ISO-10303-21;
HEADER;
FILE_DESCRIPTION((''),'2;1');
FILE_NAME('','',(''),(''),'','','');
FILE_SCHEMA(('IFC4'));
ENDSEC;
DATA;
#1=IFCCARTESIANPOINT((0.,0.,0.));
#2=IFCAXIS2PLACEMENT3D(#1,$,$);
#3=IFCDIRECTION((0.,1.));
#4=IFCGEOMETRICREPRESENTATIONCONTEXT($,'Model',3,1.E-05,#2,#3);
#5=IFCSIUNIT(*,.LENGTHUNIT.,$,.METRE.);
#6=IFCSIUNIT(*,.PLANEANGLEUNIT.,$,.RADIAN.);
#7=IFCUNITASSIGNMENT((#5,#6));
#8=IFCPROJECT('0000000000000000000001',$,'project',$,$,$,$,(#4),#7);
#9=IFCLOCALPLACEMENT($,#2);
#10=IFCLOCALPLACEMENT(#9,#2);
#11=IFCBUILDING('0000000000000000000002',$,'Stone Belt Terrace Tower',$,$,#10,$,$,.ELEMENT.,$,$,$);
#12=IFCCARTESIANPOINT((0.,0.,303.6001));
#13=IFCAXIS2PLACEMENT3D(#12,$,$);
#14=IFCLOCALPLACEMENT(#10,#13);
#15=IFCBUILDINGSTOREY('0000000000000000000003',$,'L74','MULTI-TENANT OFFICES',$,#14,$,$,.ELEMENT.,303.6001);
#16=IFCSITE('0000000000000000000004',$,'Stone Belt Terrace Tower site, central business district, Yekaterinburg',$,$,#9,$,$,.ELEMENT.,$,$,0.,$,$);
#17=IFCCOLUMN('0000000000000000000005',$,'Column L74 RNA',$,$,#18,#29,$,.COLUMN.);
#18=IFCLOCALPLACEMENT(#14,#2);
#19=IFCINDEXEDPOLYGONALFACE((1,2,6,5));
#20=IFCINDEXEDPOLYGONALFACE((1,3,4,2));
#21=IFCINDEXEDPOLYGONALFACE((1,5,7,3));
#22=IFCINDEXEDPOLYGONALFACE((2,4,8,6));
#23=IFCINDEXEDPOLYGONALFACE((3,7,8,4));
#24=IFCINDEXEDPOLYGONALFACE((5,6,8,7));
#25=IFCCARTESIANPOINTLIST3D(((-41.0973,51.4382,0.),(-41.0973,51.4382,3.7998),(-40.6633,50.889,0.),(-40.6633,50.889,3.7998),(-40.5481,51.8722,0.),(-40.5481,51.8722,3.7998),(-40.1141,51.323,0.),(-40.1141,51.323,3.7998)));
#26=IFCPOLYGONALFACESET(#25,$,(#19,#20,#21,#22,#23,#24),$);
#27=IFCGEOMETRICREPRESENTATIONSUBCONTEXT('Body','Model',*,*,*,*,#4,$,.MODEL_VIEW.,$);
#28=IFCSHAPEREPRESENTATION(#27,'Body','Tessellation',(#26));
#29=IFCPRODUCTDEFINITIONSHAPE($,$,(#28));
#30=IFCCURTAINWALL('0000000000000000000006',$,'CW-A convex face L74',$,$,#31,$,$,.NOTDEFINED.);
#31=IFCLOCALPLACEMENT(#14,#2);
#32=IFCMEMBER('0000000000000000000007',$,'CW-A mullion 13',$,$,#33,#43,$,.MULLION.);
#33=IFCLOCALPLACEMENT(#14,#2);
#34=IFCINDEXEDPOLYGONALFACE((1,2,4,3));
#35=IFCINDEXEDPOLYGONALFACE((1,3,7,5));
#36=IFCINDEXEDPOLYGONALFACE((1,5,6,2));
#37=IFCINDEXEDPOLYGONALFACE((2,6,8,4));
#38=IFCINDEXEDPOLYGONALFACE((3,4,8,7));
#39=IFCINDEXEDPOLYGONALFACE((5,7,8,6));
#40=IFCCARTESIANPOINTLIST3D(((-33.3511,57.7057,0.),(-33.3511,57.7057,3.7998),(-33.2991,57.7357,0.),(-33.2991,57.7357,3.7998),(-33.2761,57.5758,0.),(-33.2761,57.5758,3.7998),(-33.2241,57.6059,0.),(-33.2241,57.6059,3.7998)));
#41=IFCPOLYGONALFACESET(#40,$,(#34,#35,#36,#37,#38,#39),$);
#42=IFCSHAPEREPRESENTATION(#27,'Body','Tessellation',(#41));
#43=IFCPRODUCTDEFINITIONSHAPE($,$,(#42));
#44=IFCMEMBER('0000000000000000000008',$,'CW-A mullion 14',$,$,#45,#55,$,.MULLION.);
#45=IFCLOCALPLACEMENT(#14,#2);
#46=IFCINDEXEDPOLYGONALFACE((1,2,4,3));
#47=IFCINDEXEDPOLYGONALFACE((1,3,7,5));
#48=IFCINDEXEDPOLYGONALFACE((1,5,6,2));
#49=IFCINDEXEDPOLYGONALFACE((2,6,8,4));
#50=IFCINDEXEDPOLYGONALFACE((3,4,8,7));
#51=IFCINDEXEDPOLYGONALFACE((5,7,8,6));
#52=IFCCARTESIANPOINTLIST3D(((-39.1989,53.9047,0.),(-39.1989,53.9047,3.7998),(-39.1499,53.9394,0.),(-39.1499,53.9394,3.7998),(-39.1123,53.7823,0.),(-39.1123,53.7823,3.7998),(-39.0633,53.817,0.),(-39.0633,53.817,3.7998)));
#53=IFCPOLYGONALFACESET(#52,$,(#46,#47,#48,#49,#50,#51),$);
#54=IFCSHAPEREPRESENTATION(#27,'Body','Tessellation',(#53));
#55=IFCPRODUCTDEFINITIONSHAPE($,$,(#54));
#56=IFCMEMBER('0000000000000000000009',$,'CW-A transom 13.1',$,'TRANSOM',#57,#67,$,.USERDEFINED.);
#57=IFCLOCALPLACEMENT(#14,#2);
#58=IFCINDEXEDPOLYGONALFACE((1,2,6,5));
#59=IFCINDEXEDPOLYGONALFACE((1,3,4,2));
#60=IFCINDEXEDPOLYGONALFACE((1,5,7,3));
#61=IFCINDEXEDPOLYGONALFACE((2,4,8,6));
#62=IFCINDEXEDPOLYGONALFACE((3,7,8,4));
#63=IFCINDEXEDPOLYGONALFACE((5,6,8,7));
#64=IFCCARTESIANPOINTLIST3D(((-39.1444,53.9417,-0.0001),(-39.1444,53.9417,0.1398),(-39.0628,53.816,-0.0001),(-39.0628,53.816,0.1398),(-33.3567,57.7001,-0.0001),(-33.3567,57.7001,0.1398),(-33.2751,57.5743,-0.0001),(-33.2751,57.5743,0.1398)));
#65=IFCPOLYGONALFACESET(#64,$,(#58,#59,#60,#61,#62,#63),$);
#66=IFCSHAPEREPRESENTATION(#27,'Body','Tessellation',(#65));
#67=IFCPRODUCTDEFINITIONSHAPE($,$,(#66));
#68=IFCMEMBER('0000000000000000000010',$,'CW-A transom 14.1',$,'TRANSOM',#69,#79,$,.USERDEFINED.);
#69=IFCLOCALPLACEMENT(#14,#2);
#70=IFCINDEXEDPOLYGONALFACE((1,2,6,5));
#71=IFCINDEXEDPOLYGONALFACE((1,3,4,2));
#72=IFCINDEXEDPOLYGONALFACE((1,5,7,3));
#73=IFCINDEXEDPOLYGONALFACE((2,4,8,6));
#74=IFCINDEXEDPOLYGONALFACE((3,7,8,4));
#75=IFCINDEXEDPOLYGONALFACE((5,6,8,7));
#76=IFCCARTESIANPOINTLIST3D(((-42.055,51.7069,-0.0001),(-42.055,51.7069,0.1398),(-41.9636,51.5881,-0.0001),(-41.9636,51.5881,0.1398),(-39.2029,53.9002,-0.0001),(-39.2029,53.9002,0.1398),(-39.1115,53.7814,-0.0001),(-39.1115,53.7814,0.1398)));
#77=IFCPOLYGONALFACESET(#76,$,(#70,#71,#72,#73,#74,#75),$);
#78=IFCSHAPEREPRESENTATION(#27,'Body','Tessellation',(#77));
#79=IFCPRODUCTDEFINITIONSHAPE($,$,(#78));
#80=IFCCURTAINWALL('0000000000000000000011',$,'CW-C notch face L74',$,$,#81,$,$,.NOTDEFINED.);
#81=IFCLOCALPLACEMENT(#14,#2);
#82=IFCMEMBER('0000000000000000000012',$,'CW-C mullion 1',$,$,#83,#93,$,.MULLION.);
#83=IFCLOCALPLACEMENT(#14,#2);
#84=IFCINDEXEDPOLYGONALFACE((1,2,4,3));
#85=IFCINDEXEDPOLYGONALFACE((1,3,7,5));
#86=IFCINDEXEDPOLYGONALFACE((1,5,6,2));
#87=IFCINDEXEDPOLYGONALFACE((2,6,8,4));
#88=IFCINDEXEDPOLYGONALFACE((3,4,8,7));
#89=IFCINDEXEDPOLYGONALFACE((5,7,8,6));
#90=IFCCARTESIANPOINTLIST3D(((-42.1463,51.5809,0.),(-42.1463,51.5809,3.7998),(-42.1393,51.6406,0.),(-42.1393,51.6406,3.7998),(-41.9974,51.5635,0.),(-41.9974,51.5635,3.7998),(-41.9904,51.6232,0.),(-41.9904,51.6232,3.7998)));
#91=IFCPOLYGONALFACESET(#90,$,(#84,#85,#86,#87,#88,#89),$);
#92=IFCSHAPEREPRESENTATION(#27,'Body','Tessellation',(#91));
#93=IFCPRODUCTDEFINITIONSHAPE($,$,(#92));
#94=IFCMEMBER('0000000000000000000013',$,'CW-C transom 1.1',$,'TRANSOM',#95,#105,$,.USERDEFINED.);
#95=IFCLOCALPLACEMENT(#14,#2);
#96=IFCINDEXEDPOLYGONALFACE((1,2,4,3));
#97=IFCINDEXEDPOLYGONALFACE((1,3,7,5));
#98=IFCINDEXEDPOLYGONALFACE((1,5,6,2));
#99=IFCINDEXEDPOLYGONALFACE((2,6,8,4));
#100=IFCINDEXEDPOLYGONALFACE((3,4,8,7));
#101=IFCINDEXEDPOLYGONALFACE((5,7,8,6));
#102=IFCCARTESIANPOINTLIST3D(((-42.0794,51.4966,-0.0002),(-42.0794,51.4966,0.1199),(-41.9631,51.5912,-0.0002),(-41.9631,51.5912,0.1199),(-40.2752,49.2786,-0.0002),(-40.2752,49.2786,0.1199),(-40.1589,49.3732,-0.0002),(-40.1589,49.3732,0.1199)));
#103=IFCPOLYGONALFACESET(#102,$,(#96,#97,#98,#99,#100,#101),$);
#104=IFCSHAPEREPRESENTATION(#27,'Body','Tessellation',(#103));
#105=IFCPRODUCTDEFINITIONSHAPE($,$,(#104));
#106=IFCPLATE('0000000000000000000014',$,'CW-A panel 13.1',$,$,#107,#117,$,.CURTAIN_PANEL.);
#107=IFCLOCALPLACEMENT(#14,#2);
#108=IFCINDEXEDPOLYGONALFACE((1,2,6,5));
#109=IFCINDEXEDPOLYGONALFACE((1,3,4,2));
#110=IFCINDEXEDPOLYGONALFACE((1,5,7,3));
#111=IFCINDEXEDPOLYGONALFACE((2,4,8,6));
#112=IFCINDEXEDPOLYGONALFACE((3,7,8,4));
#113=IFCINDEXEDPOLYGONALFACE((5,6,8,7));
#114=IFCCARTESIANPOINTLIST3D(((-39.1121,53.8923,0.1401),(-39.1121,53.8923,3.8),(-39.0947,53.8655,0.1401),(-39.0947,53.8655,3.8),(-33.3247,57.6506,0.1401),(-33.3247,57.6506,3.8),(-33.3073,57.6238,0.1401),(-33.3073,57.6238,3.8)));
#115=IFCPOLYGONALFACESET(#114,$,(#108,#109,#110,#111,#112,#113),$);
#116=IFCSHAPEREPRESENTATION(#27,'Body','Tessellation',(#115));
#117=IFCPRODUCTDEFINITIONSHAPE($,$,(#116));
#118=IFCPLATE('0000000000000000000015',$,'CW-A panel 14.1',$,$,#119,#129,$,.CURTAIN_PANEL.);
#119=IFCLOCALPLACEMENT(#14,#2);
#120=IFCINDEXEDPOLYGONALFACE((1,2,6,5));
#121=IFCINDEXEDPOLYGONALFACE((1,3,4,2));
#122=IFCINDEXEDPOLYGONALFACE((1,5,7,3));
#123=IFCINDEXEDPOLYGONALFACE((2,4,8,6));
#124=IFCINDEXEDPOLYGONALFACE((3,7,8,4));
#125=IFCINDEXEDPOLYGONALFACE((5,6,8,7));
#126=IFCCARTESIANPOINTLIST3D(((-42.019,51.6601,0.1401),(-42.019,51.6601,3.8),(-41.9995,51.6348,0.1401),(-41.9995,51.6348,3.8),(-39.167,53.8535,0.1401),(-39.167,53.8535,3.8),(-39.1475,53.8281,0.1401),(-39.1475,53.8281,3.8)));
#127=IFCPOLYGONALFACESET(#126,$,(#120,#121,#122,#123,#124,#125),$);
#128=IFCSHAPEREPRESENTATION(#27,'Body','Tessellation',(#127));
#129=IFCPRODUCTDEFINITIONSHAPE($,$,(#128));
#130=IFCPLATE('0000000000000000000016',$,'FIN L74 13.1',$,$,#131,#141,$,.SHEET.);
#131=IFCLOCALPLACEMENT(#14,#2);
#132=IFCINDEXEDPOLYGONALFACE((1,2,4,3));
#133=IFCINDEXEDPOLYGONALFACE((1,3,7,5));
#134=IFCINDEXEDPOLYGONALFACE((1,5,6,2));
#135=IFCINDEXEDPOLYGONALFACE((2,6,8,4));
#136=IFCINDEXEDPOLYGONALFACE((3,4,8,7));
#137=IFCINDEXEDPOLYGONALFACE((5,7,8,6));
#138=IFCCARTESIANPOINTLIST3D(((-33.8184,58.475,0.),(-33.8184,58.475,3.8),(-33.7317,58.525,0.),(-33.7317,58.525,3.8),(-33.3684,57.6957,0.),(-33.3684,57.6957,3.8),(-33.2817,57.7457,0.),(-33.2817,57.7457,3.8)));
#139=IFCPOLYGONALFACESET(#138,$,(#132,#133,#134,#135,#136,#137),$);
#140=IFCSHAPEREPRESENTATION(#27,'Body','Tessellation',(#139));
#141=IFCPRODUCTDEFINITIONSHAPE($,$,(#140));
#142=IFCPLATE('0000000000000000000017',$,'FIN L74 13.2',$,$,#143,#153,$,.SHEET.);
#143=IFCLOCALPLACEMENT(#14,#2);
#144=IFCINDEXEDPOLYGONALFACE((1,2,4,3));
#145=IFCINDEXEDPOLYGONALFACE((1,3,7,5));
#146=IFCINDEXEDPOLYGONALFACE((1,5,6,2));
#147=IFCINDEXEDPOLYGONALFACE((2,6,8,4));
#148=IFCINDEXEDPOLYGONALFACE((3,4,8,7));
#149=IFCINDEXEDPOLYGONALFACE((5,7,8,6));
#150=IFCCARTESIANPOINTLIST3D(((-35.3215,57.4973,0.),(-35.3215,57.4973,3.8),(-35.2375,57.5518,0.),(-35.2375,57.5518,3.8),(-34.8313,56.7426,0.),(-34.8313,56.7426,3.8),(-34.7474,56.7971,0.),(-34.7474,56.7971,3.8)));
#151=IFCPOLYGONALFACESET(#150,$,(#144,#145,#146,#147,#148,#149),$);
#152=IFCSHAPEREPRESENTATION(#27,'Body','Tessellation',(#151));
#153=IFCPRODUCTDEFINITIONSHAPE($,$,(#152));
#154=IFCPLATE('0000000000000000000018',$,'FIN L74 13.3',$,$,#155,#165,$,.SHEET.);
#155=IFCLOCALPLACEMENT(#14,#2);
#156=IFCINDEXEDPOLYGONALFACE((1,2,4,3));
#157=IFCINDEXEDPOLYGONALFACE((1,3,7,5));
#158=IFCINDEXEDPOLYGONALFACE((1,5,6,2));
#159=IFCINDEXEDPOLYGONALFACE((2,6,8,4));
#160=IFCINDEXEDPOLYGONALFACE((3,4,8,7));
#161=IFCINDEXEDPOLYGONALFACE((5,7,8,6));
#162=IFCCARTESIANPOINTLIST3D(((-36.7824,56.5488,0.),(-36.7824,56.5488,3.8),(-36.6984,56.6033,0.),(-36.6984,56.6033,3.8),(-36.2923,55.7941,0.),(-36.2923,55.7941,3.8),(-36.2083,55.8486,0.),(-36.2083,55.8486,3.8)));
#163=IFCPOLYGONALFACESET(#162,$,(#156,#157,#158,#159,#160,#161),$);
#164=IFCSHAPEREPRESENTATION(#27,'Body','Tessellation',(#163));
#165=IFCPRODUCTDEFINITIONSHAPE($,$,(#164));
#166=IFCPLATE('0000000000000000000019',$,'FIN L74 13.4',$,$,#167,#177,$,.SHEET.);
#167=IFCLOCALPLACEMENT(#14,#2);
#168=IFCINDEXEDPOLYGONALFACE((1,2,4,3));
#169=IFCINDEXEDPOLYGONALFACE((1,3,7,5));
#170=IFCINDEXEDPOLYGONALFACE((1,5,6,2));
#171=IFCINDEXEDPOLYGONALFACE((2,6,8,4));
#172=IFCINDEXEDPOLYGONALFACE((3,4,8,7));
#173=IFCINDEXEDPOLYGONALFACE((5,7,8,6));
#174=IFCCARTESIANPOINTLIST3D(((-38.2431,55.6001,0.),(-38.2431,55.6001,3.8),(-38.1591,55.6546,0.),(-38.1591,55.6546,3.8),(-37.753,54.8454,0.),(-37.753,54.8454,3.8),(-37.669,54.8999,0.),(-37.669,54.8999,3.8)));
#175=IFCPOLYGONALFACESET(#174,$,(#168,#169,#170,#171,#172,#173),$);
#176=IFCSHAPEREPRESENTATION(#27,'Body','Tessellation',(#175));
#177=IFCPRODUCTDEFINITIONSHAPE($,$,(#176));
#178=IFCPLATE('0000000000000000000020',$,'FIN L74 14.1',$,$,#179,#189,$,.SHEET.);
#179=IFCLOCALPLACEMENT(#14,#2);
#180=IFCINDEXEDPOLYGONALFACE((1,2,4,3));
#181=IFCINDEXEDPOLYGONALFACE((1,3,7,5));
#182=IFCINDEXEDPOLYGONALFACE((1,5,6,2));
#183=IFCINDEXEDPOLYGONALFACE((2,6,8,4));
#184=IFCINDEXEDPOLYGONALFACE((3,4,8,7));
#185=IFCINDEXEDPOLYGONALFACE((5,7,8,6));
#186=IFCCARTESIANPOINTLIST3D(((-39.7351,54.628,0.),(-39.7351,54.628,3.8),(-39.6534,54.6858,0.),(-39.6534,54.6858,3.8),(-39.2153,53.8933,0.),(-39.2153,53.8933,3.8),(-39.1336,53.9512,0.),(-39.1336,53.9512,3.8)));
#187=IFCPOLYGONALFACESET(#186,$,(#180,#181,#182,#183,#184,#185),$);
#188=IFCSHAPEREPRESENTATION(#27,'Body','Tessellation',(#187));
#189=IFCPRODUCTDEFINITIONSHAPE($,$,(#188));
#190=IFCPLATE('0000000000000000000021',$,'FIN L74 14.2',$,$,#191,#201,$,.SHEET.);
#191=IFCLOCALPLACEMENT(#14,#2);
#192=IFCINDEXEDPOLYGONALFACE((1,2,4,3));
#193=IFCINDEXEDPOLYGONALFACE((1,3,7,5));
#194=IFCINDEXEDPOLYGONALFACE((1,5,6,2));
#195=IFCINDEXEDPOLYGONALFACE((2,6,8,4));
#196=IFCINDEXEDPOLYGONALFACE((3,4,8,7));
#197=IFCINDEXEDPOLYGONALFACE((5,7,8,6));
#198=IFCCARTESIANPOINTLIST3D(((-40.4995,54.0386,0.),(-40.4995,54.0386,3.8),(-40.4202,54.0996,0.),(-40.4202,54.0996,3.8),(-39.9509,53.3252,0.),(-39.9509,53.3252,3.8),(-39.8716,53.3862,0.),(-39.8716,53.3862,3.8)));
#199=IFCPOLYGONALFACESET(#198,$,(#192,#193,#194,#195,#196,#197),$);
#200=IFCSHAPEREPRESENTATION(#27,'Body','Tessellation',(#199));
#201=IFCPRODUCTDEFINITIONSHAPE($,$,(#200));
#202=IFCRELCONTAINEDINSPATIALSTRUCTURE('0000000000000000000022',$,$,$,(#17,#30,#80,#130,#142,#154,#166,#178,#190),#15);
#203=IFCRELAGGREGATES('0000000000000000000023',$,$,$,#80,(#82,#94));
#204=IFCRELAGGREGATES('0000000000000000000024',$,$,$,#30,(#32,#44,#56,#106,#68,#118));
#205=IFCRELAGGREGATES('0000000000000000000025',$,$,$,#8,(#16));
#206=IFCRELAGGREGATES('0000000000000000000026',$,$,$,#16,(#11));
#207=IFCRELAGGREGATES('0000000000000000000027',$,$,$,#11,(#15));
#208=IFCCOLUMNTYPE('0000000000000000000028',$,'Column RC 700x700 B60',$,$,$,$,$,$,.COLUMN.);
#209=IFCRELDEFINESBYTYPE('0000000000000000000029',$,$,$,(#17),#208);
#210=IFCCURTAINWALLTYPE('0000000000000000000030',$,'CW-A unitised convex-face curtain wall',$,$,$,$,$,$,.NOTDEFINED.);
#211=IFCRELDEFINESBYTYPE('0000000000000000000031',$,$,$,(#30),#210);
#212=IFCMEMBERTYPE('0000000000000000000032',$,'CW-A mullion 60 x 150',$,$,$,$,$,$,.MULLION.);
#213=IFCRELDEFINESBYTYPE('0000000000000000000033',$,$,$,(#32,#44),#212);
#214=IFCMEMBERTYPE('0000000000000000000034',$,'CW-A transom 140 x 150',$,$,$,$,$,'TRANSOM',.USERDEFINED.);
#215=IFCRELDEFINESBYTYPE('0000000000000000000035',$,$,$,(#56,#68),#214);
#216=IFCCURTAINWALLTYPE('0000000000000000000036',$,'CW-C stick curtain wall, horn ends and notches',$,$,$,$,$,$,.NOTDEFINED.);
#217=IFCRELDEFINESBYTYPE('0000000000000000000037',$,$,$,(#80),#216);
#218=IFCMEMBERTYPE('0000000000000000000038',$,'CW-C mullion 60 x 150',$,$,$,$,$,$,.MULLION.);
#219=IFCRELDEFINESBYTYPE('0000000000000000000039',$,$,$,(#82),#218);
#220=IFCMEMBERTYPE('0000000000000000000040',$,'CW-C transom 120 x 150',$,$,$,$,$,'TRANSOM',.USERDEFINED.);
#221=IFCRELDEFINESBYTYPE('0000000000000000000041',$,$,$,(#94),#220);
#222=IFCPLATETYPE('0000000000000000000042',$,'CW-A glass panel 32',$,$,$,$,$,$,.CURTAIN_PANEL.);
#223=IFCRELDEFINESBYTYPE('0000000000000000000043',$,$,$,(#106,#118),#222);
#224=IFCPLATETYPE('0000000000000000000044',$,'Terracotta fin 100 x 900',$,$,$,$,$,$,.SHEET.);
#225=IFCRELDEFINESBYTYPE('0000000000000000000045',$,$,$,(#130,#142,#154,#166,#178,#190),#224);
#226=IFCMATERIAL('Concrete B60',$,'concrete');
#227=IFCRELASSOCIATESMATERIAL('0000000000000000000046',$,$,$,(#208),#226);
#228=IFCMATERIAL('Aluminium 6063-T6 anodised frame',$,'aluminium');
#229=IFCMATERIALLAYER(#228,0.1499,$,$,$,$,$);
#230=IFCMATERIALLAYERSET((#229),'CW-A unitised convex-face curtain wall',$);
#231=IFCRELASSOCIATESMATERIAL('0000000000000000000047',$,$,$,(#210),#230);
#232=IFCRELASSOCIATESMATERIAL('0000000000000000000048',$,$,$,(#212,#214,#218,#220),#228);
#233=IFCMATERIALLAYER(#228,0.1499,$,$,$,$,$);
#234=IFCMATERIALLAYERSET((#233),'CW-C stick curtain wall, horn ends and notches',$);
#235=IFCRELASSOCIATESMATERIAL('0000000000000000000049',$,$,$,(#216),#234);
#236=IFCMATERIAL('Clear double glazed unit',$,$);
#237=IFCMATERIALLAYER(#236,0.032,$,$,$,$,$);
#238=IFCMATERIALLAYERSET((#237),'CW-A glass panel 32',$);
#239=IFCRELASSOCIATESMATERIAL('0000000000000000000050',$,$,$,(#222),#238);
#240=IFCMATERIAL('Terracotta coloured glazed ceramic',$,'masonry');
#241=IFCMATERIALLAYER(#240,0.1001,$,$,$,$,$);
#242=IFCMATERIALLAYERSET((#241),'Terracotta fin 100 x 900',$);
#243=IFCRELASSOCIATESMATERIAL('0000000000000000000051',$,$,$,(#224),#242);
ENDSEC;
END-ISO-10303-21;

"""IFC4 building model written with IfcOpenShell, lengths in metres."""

from ifc_helpers import new_model, si_unit, direction, frame, origin, origin_2d, place, context, subcontext, project, spatial, rectangle, extrude, material, layer, layer_set, material_profile, profile_set, type_object, element, aggregate, save


model = new_model("IFC4")

# Units and contexts
model_context = context("Model", 3, precision=1e-05, world=origin(), true_north=direction((0.0, 1.0)))
body_context = subcontext(model_context, "Body", "Model", "MODEL_VIEW")
ifc_project = project(units=[si_unit("LENGTHUNIT", "METRE"), si_unit("PLANEANGLEUNIT", "RADIAN")], contexts=[model_context])

# Site, building, storey
site_placement = place(None, origin())
site = spatial("IfcSite", under=ifc_project, at=site_placement, Name="Stone Belt Terrace Tower site, central business district, Yekaterinburg", CompositionType="ELEMENT", RefElevation=0.0)
building_placement = place(site_placement, origin())
building = spatial("IfcBuilding", under=site, at=building_placement, Name="Stone Belt Terrace Tower", CompositionType="ELEMENT")
storey_placement = place(building_placement, frame((0.0, 0.0, 303.6001)))
storey = spatial("IfcBuildingStorey", under=building, at=storey_placement, Name="L74", Description="MULTI-TENANT OFFICES", CompositionType="ELEMENT", Elevation=303.6001)

# Column
ifc_material_1 = material(Name="Concrete B60", Category="concrete")
ifc_material_profile_1 = material_profile(ifc_material_1, rectangle(XDim=0.7, YDim=0.7, at=origin_2d()), Name="RC 700x700")
ifc_profile_set_1 = profile_set([ifc_material_profile_1], Name="Concrete B60")
column_type = type_object("IfcColumnType", Name="Column RC 700x700 B60", PredefinedType="COLUMN", material=ifc_profile_set_1)
column_placement = place(storey_placement, frame((-40.6057, 51.3806, 0.0), z_axis=(0.0, 0.0, 1.0), x_axis=(0.78457, 0.620041, 0.0)))
element("IfcColumn", 1, at=column_placement, inside=storey, type_object=column_type, Name="Column L74 RNA", PredefinedType="COLUMN", context=body_context, shape_type="SweptSolid", body=[
    extrude(rectangle(XDim=0.7, YDim=0.7, at=origin_2d()), origin(), (0.0, 0.0, 1.0), 3.7998),
])

# Curtain walls, members
ifc_material_2 = material(Name="Aluminium 6063-T6 anodised frame", Category="aluminium")
ifc_layer_1 = layer(ifc_material_2, 0.1499)
ifc_layer_set_1 = layer_set([ifc_layer_1], Name="CW-A unitised convex-face curtain wall")
curtain_wall_type_1 = type_object("IfcCurtainWallType", Name="CW-A unitised convex-face curtain wall", PredefinedType="NOTDEFINED", material=ifc_layer_set_1)
curtain_wall_1_placement = place(storey_placement, origin())
curtain_wall_1 = element("IfcCurtainWall", 2, at=curtain_wall_1_placement, inside=storey, type_object=curtain_wall_type_1, Name="CW-A convex face L74", PredefinedType="NOTDEFINED")
ifc_material_profile_2 = material_profile(ifc_material_2, rectangle(XDim=0.1499, YDim=0.0601, at=origin_2d()), Name="Aluminium 6063-T6 60x150")
ifc_profile_set_2 = profile_set([ifc_material_profile_2], Name="Aluminium 6063-T6 anodised frame")
member_type_1 = type_object("IfcMemberType", Name="CW-A mullion 60 x 150", PredefinedType="MULLION", material=ifc_profile_set_2)
member_1_placement = place(storey_placement, frame((-33.2876, 57.6558, 0.0), z_axis=(0.0, 0.0, 1.0), x_axis=(0.5, -0.866025, 0.0)))
member_1 = element("IfcMember", 3, at=member_1_placement, type_object=member_type_1, Name="CW-A mullion 13", PredefinedType="MULLION", context=body_context, shape_type="SweptSolid", body=[
    extrude(rectangle(XDim=0.1499, YDim=0.0601, at=origin_2d()), origin(), (0.0, 0.0, 1.0), 3.7998),
])
member_2_placement = place(storey_placement, frame((-39.1311, 53.8608, 0.0), z_axis=(0.0, 0.0, 1.0), x_axis=(0.577587, -0.816329, 0.0)))
member_2 = element("IfcMember", 4, at=member_2_placement, type_object=member_type_1, Name="CW-A mullion 14", PredefinedType="MULLION", context=body_context, shape_type="SweptSolid", body=[
    extrude(rectangle(XDim=0.1499, YDim=0.0601, at=origin_2d()), origin(), (0.0, 0.0, 1.0), 3.7998),
])
ifc_material_profile_3 = material_profile(ifc_material_2, rectangle(XDim=0.1499, YDim=0.1399, at=origin_2d()), Name="Aluminium 6063-T6 150x140")
ifc_profile_set_3 = profile_set([ifc_material_profile_3], Name="Aluminium 6063-T6 anodised frame")
member_type_2 = type_object("IfcMemberType", Name="CW-A transom 140 x 150", ElementType="TRANSOM", PredefinedType="USERDEFINED", material=ifc_profile_set_3)
member_3_placement = place(storey_placement, frame((-33.3159, 57.6372, 0.0698), z_axis=(-0.838684, -0.544618, 0.0), x_axis=(0.544618, -0.838684, 0.0)))
member_3 = element("IfcMember", 5, at=member_3_placement, type_object=member_type_2, Name="CW-A transom 13.1", ObjectType="TRANSOM", PredefinedType="USERDEFINED", context=body_context, shape_type="SweptSolid", body=[
    extrude(rectangle(XDim=0.1499, YDim=0.1399, at=origin_2d()), origin(), (0.0, 0.0, 1.0), 6.9009),
])
member_4_placement = place(storey_placement, frame((-39.1572, 53.8408, 0.0698), z_axis=(-0.792695, -0.609619, 0.0), x_axis=(0.609619, -0.792695, 0.0)))
member_4 = element("IfcMember", 6, at=member_4_placement, type_object=member_type_2, Name="CW-A transom 14.1", ObjectType="TRANSOM", PredefinedType="USERDEFINED", context=body_context, shape_type="SweptSolid", body=[
    extrude(rectangle(XDim=0.1499, YDim=0.1399, at=origin_2d()), origin(), (0.0, 0.0, 1.0), 3.5979),
])
ifc_layer_2 = layer(ifc_material_2, 0.1499)
ifc_layer_set_2 = layer_set([ifc_layer_2], Name="CW-C stick curtain wall, horn ends and notches")
curtain_wall_type_2 = type_object("IfcCurtainWallType", Name="CW-C stick curtain wall, horn ends and notches", PredefinedType="NOTDEFINED", material=ifc_layer_set_2)
curtain_wall_2_placement = place(storey_placement, origin())
curtain_wall_2 = element("IfcCurtainWall", 7, at=curtain_wall_2_placement, inside=storey, type_object=curtain_wall_type_2, Name="CW-C notch face L74", PredefinedType="NOTDEFINED")
ifc_material_profile_4 = material_profile(ifc_material_2, rectangle(XDim=0.1499, YDim=0.0601, at=origin_2d()), Name="Aluminium 6063-T6 60x150")
ifc_profile_set_4 = profile_set([ifc_material_profile_4], Name="Aluminium 6063-T6 anodised frame")
member_type_3 = type_object("IfcMemberType", Name="CW-C mullion 60 x 150", PredefinedType="MULLION", material=ifc_profile_set_4)
member_5_placement = place(storey_placement, frame((-42.0684, 51.6021, 0.0), z_axis=(0.0, 0.0, 1.0), x_axis=(0.993258, -0.115925, 0.0)))
member_5 = element("IfcMember", 8, at=member_5_placement, type_object=member_type_3, Name="CW-C mullion 1", PredefinedType="MULLION", context=body_context, shape_type="SweptSolid", body=[
    extrude(rectangle(XDim=0.1499, YDim=0.0601, at=origin_2d()), origin(), (0.0, 0.0, 1.0), 3.7998),
])
ifc_material_profile_5 = material_profile(ifc_material_2, rectangle(XDim=0.1499, YDim=0.1201, at=origin_2d()), Name="Aluminium 6063-T6 150x120")
ifc_profile_set_5 = profile_set([ifc_material_profile_5], Name="Aluminium 6063-T6 anodised frame")
member_type_4 = type_object("IfcMemberType", Name="CW-C transom 120 x 150", ElementType="TRANSOM", PredefinedType="USERDEFINED", material=ifc_profile_set_5)
member_6_placement = place(storey_placement, frame((-42.0212, 51.5439, 0.0598), z_axis=(0.631027, -0.775761, 0.0), x_axis=(0.775761, 0.631027, 0.0)))
member_6 = element("IfcMember", 9, at=member_6_placement, type_object=member_type_4, Name="CW-C transom 1.1", ObjectType="TRANSOM", PredefinedType="USERDEFINED", context=body_context, shape_type="SweptSolid", body=[
    extrude(rectangle(XDim=0.1499, YDim=0.1201, at=origin_2d()), origin(), (0.0, 0.0, 1.0), 2.8591),
])
aggregate(curtain_wall_2, [member_5, member_6])

# Plates
ifc_material_3 = material(Name="Clear double glazed unit")
ifc_layer_3 = layer(ifc_material_3, 0.032)
ifc_layer_set_3 = layer_set([ifc_layer_3], Name="CW-A glass panel 32")
plate_type_1 = type_object("IfcPlateType", Name="CW-A glass panel 32", PredefinedType="CURTAIN_PANEL", material=ifc_layer_set_3)
plate_1_placement = place(storey_placement, frame((-36.2097, 55.7581, 0.1401), z_axis=(0.0, 0.0, 1.0), x_axis=(-0.838671, -0.544639, 0.0)))
plate_1 = element("IfcPlate", 10, at=plate_1_placement, type_object=plate_type_1, Name="CW-A panel 13.1", PredefinedType="CURTAIN_PANEL", context=body_context, shape_type="SweptSolid", body=[
    extrude(rectangle(XDim=6.9006, YDim=0.032, at=origin_2d()), origin(), (0.0, 0.0, 1.0), 3.6599),
])
plate_2_placement = place(storey_placement, frame((-40.5833, 52.7441, 0.1401), z_axis=(0.0, 0.0, 1.0), x_axis=(-0.792694, -0.60962, 0.0)))
plate_2 = element("IfcPlate", 11, at=plate_2_placement, type_object=plate_type_1, Name="CW-A panel 14.1", PredefinedType="CURTAIN_PANEL", context=body_context, shape_type="SweptSolid", body=[
    extrude(rectangle(XDim=3.5979, YDim=0.032, at=origin_2d()), origin(), (0.0, 0.0, 1.0), 3.6599),
])
aggregate(curtain_wall_1, [member_1, member_2, member_3, plate_1, member_4, plate_2])

# Plates
ifc_material_4 = material(Name="Terracotta coloured glazed ceramic", Category="masonry")
ifc_layer_4 = layer(ifc_material_4, 0.1001)
ifc_layer_set_4 = layer_set([ifc_layer_4], Name="Terracotta fin 100 x 900")
plate_type_2 = type_object("IfcPlateType", Name="Terracotta fin 100 x 900", PredefinedType="SHEET", material=ifc_layer_set_4)
for number, where, z_axis, x_axis, name in (
    (12, (-33.55, 58.1104, 0.0), (0.0, 0.0, 1.0), (-0.5, 0.866025, 0.0), "FIN L74 13.1"),
    (13, (-35.0344, 57.1472, 0.0), (0.0, 0.0, 1.0), (-0.544639, 0.838671, 0.0), "FIN L74 13.2"),
    (14, (-36.4954, 56.1987, 0.0), (0.0, 0.0, 1.0), (-0.544639, 0.838671, 0.0), "FIN L74 13.3"),
    (15, (-37.9561, 55.25, 0.0), (0.0, 0.0, 1.0), (-0.544639, 0.838671, 0.0), "FIN L74 13.4"),
    (16, (-39.4343, 54.2896, 0.0), (0.0, 0.0, 1.0), (-0.577587, 0.816329, 0.0), "FIN L74 14.1"),
    (17, (-40.1855, 53.7124, 0.0), (0.0, 0.0, 1.0), (-0.60962, 0.792694, 0.0), "FIN L74 14.2"),
):
    element("IfcPlate", number, at=place(storey_placement, frame(where, z_axis=z_axis, x_axis=x_axis)), inside=storey, type_object=plate_type_2, Name=name, PredefinedType="SHEET", context=body_context, shape_type="SweptSolid", body=[
        extrude(rectangle(XDim=0.8999, YDim=0.1001, at=origin_2d()), origin(), (0.0, 0.0, 1.0), 3.8),
    ])

save(model, "model.ifc")
